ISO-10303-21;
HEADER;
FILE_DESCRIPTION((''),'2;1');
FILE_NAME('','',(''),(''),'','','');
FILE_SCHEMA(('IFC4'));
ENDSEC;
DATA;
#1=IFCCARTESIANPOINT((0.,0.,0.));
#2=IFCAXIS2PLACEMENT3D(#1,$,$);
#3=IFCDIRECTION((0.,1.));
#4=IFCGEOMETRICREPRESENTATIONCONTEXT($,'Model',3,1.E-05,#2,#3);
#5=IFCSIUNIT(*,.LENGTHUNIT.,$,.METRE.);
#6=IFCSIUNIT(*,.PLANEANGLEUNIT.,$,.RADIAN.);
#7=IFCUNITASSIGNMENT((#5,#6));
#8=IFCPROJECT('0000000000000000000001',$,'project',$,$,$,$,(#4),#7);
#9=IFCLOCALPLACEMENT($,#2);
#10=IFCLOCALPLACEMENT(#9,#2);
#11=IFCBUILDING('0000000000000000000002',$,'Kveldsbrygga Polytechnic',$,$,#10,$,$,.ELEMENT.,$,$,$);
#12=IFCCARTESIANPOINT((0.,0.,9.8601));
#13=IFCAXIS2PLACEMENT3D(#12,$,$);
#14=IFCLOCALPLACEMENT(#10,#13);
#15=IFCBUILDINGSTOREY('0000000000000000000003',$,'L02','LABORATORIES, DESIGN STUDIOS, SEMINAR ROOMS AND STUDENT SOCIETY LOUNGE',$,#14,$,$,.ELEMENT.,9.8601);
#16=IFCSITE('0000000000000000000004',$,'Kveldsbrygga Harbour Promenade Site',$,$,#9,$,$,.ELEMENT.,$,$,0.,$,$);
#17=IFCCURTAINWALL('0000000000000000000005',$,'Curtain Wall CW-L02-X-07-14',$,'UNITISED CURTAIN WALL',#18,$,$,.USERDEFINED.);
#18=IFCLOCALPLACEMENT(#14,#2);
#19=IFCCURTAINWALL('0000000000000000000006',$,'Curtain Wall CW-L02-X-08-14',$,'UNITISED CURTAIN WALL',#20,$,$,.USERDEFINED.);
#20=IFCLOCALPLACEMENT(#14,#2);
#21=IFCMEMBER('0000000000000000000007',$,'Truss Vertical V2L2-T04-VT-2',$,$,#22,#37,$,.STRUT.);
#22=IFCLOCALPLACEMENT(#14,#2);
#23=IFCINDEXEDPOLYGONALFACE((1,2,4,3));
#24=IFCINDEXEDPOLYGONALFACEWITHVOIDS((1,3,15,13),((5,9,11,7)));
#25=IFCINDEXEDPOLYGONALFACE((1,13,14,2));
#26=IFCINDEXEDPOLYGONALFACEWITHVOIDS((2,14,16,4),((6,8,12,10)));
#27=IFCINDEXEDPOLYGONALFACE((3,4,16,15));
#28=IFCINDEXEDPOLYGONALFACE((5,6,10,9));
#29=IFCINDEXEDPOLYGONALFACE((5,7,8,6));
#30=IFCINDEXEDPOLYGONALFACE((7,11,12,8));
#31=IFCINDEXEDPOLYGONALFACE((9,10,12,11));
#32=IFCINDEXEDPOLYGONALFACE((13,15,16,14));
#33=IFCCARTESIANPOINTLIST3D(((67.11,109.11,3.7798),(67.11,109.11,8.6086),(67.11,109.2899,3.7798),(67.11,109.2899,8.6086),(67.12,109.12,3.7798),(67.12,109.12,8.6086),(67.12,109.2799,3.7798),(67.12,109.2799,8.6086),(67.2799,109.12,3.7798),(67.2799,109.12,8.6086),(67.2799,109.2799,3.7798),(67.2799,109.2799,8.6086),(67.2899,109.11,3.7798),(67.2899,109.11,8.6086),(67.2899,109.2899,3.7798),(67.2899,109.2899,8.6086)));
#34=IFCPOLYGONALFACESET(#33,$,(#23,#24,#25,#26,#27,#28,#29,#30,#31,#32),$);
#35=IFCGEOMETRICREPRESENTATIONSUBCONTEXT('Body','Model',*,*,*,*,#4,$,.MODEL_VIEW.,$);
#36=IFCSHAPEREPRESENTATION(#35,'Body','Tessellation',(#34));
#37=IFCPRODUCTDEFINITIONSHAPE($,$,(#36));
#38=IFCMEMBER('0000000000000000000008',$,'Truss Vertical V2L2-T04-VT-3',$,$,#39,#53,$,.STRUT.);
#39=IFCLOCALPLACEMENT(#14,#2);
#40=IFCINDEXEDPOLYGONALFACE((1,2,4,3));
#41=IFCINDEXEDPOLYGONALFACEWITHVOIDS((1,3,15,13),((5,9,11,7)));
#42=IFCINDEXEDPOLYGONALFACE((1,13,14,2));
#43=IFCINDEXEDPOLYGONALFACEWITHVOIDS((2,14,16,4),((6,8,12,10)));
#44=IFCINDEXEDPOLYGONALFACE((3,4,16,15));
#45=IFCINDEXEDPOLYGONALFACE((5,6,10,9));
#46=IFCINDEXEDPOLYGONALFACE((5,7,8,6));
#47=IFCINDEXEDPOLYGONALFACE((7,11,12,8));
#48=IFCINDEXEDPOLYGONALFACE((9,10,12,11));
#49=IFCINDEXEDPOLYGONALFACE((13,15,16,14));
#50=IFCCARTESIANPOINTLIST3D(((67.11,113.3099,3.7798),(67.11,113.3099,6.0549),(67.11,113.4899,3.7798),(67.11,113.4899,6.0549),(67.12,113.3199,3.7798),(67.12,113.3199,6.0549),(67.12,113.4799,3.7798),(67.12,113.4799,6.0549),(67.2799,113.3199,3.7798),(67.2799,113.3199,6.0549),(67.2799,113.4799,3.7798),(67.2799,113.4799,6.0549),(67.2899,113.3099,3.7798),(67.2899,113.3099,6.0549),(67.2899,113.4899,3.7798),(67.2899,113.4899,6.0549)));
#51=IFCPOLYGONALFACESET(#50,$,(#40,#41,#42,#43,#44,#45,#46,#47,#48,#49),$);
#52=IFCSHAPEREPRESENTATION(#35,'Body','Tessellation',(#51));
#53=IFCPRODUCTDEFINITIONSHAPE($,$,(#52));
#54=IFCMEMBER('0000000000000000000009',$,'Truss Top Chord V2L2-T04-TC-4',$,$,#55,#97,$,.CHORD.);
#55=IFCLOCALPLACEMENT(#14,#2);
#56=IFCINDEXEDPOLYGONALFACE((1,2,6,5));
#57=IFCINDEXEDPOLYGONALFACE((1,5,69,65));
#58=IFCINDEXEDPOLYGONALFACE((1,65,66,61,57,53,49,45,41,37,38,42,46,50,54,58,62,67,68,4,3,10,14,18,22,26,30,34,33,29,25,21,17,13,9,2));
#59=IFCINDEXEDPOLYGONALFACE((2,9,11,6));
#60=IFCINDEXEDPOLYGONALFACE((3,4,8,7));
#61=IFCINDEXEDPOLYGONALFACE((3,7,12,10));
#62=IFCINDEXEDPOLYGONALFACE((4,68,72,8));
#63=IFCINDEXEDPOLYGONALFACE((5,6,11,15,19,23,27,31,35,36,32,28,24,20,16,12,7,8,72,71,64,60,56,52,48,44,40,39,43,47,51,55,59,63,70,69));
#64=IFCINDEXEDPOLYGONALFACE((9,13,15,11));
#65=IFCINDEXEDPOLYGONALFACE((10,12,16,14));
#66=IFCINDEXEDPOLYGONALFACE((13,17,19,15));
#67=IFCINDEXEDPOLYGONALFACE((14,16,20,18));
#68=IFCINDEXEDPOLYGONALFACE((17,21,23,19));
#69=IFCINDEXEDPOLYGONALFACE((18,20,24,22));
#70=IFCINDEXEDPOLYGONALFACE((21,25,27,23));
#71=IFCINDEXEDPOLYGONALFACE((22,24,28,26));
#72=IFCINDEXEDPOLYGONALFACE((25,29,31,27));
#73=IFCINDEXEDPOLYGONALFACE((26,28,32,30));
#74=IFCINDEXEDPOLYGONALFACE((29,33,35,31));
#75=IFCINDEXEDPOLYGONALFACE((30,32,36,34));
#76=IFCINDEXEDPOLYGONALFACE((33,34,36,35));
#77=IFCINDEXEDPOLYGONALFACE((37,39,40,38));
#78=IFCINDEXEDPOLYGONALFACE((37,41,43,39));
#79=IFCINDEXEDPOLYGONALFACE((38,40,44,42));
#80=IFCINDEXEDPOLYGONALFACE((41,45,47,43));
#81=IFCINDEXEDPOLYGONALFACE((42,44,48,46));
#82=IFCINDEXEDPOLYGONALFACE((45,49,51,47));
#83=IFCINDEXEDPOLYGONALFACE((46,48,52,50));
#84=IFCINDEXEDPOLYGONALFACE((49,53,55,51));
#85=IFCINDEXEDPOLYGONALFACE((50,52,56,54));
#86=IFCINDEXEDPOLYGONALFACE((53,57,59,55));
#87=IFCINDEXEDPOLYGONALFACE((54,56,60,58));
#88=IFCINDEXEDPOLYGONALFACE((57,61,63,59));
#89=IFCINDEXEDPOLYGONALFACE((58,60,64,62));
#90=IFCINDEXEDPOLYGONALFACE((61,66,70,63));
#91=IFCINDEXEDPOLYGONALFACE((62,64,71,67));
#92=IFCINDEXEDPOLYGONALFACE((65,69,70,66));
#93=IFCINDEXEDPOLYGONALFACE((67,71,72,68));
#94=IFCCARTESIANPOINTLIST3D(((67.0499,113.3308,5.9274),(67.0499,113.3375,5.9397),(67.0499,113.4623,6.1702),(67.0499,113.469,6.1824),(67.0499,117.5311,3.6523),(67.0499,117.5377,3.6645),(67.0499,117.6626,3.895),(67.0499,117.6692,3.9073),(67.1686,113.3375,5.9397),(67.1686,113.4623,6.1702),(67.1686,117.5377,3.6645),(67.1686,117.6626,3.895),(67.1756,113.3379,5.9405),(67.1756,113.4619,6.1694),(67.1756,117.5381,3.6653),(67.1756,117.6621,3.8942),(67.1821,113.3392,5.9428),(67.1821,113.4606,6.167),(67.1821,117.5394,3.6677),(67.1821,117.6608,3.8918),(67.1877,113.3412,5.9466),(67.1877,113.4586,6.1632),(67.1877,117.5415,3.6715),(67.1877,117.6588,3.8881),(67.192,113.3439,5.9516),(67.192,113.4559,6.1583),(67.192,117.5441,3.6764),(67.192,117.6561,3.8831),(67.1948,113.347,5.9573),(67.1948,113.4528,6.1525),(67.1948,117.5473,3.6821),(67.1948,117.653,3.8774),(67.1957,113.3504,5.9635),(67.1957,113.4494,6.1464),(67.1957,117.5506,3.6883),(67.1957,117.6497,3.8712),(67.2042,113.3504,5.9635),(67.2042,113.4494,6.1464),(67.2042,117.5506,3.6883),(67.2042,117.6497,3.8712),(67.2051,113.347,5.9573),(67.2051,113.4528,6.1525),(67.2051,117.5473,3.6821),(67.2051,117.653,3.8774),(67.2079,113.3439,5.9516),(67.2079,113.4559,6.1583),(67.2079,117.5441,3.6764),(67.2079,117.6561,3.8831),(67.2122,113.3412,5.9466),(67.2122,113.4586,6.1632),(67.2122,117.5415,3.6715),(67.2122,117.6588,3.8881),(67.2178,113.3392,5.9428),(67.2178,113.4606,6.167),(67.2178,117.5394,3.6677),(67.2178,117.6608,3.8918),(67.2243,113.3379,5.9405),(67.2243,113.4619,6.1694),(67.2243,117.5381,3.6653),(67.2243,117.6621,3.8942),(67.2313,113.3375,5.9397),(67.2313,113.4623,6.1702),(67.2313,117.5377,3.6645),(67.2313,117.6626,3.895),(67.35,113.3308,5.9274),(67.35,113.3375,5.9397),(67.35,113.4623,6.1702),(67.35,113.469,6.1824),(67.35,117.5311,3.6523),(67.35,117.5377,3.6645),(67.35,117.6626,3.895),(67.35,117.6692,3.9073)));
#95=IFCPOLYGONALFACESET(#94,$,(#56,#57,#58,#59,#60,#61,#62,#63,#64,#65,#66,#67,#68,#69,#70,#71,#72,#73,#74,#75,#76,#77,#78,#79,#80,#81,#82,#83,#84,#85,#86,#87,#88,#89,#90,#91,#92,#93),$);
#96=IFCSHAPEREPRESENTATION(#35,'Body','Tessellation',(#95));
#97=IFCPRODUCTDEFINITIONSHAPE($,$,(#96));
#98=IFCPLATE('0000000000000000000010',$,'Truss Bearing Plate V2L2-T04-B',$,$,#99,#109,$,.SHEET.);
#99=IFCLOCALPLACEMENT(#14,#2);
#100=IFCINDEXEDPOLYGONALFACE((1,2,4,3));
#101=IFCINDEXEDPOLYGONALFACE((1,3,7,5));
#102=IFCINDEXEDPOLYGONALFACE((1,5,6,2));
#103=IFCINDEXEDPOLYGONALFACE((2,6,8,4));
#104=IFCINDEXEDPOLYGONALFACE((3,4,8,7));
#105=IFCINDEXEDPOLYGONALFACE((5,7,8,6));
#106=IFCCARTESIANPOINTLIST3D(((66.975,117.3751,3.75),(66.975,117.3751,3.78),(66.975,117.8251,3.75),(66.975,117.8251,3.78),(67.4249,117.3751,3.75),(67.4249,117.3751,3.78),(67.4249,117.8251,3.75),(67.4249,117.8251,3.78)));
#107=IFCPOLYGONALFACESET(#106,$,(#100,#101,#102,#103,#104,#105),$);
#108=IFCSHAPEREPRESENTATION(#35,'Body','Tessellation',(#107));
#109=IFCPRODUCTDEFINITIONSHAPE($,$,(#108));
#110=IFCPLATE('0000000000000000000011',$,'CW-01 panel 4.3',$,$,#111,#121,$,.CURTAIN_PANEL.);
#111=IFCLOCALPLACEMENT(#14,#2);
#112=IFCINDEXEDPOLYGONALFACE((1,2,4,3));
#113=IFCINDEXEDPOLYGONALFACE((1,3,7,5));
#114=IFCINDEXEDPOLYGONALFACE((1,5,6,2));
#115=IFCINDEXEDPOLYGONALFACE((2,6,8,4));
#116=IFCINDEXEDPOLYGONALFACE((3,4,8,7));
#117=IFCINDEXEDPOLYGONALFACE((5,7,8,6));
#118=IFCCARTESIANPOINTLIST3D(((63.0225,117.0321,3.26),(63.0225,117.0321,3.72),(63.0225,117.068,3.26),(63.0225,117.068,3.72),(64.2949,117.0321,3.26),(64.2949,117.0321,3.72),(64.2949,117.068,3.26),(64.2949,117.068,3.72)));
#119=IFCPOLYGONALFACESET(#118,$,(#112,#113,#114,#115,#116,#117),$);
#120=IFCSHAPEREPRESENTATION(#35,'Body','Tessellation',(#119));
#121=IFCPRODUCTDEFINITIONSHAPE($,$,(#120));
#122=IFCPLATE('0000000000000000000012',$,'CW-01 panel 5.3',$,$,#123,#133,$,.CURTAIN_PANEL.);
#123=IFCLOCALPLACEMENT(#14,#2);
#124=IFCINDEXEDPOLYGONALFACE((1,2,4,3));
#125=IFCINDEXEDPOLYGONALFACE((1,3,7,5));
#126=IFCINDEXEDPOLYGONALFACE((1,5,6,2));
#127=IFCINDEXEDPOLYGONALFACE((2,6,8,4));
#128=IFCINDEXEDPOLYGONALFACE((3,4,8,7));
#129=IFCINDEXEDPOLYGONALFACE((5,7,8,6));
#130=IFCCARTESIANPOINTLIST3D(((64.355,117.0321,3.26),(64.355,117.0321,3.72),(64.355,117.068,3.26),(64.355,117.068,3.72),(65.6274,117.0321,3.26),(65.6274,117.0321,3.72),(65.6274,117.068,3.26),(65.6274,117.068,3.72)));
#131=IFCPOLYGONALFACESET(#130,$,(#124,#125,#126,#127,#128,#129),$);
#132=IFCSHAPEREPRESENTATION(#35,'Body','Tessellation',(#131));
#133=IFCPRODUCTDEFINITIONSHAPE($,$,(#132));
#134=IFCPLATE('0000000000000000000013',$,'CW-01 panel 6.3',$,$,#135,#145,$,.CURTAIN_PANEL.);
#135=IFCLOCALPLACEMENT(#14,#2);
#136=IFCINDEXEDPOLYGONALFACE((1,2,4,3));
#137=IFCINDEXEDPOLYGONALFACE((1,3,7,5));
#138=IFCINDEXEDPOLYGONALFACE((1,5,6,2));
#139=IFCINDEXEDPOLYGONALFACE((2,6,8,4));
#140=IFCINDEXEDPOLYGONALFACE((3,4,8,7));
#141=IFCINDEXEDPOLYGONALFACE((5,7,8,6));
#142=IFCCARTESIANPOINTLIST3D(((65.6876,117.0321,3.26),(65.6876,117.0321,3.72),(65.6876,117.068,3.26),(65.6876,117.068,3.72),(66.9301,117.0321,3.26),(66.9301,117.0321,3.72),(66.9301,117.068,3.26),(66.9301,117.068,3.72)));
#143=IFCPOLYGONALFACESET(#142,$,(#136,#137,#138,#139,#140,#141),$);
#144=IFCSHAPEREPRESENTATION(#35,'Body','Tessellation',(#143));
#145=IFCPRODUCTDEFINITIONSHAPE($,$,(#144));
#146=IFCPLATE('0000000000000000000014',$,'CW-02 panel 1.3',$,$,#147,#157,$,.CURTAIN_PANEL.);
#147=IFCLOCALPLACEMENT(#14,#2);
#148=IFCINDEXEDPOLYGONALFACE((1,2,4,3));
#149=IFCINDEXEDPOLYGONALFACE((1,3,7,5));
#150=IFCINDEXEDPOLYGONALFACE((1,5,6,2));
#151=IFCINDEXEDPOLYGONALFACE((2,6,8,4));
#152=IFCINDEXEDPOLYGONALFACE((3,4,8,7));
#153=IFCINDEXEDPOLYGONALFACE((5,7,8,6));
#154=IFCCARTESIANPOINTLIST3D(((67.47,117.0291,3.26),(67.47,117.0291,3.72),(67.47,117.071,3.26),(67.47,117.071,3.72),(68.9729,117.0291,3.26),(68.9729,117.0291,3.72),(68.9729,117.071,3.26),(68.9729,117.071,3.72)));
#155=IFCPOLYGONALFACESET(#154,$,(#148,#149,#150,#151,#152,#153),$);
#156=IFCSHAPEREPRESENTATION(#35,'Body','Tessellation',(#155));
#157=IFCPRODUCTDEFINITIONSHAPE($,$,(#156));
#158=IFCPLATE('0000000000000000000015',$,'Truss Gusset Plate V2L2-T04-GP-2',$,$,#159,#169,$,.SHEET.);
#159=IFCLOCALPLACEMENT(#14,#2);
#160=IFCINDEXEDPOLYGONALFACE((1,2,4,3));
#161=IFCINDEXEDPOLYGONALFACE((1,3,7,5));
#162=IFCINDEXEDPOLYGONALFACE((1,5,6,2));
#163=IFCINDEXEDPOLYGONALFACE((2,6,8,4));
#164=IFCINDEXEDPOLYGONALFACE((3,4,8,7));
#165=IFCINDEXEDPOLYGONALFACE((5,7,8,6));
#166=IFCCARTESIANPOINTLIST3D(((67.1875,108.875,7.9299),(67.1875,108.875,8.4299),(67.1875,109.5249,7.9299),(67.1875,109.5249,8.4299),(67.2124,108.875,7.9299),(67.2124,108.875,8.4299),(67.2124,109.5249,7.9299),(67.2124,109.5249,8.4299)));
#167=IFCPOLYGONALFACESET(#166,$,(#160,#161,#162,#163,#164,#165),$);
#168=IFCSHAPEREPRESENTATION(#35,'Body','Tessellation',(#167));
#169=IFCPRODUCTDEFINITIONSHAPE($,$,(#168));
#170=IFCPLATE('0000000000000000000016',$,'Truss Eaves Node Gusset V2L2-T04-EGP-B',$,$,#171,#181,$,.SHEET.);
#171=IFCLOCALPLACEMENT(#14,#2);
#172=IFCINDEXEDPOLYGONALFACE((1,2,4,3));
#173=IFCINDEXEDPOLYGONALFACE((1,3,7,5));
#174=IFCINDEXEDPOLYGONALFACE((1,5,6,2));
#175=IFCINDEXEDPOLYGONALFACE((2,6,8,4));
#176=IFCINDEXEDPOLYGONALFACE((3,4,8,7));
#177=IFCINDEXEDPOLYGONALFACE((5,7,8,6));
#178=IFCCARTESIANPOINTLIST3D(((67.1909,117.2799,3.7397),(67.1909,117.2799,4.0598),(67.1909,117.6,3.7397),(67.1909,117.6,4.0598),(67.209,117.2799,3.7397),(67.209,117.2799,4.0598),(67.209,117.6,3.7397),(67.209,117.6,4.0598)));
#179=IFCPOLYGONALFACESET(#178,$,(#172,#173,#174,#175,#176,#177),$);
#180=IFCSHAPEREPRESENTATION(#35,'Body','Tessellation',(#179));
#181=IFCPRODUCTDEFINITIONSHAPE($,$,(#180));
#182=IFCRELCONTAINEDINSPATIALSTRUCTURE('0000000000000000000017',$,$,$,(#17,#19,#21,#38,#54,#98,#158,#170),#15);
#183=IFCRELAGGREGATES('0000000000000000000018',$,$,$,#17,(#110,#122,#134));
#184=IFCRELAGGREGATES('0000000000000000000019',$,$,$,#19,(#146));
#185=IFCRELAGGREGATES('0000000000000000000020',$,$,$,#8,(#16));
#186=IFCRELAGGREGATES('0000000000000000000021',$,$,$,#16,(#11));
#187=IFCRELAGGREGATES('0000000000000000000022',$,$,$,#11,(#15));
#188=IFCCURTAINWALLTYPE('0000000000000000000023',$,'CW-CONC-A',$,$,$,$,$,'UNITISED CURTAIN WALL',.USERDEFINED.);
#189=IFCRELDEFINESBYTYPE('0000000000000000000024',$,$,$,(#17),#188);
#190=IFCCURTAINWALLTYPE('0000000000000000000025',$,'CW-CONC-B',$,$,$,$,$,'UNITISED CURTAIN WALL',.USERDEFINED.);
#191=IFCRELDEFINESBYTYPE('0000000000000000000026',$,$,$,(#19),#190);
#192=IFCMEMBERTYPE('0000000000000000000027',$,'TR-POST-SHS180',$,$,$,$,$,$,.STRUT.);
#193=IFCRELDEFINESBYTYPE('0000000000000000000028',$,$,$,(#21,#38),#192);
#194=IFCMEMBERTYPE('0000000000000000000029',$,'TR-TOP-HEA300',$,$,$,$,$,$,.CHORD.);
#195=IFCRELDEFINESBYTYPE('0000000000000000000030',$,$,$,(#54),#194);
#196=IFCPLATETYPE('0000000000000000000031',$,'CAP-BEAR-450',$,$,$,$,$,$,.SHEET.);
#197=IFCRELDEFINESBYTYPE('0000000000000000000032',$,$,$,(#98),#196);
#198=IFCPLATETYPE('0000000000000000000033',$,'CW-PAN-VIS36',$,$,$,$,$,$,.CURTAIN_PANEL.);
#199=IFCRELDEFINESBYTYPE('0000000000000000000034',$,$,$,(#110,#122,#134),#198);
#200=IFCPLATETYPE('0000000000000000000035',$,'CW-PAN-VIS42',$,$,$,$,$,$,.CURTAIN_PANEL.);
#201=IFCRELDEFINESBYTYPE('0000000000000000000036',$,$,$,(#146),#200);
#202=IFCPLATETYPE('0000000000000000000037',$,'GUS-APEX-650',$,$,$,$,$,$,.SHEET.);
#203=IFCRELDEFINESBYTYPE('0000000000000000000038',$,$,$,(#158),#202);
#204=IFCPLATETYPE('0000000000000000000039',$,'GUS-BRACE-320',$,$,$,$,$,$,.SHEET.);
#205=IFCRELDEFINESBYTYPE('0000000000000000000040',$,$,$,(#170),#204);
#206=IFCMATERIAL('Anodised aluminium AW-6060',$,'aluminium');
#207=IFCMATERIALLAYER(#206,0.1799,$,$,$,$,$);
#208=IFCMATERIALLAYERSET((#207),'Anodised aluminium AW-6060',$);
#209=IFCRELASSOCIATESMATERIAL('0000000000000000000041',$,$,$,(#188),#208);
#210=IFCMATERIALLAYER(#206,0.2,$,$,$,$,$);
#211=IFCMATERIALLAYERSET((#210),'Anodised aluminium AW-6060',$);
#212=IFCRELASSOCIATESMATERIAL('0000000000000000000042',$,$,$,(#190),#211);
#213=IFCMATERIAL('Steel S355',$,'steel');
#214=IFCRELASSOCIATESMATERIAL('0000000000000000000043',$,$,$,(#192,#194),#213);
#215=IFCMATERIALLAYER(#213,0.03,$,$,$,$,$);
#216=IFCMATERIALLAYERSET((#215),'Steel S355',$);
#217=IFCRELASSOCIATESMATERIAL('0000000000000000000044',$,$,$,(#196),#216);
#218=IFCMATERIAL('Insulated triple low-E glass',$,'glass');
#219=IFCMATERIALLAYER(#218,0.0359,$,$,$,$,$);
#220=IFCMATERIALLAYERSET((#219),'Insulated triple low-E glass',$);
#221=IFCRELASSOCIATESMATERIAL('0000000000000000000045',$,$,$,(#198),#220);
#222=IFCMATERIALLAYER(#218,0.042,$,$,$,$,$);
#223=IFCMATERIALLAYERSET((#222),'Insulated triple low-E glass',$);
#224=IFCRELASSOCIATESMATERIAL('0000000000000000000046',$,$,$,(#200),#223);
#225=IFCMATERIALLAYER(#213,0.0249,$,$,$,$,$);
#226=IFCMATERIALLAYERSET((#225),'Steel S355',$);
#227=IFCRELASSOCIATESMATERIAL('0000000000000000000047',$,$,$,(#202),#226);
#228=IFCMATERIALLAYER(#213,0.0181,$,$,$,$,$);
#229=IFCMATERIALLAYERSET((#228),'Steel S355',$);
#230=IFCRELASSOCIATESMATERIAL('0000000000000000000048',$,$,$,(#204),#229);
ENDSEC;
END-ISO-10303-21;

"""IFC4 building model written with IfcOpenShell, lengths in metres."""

from ifc_helpers import new_model, si_unit, direction, frame, origin, origin_2d, place, context, subcontext, project, spatial, rectangle, hollow_rectangle, i_section, extrude, material, layer, layer_set, material_profile, profile_set, type_object, element, aggregate, save


model = new_model("IFC4")

# Units and contexts
model_context = context("Model", 3, precision=1e-05, world=origin(), true_north=direction((0.0, 1.0)))
body_context = subcontext(model_context, "Body", "Model", "MODEL_VIEW")
ifc_project = project(units=[si_unit("LENGTHUNIT", "METRE"), si_unit("PLANEANGLEUNIT", "RADIAN")], contexts=[model_context])

# Site, building, storey
site_placement = place(None, origin())
site = spatial("IfcSite", under=ifc_project, at=site_placement, Name="Kveldsbrygga Harbour Promenade Site", CompositionType="ELEMENT", RefElevation=0.0)
building_placement = place(site_placement, origin())
building = spatial("IfcBuilding", under=site, at=building_placement, Name="Kveldsbrygga Polytechnic", CompositionType="ELEMENT")
storey_placement = place(building_placement, frame((0.0, 0.0, 9.8601)))
storey = spatial("IfcBuildingStorey", under=building, at=storey_placement, Name="L02", Description="LABORATORIES, DESIGN STUDIOS, SEMINAR ROOMS AND STUDENT SOCIETY LOUNGE", CompositionType="ELEMENT", Elevation=9.8601)

# Curtain walls
ifc_material_1 = material(Name="Anodised aluminium AW-6060", Category="aluminium")
ifc_layer_1 = layer(ifc_material_1, 0.1799)
ifc_layer_set_1 = layer_set([ifc_layer_1], Name="Anodised aluminium AW-6060")
curtain_wall_type_1 = type_object("IfcCurtainWallType", Name="CW-CONC-A", ElementType="UNITISED CURTAIN WALL", PredefinedType="USERDEFINED", material=ifc_layer_set_1)
curtain_wall_1_placement = place(storey_placement, origin())
curtain_wall_1 = element("IfcCurtainWall", 1, at=curtain_wall_1_placement, inside=storey, type_object=curtain_wall_type_1, Name="Curtain Wall CW-L02-X-07-14", ObjectType="UNITISED CURTAIN WALL", PredefinedType="USERDEFINED")
ifc_layer_2 = layer(ifc_material_1, 0.2)
ifc_layer_set_2 = layer_set([ifc_layer_2], Name="Anodised aluminium AW-6060")
curtain_wall_type_2 = type_object("IfcCurtainWallType", Name="CW-CONC-B", ElementType="UNITISED CURTAIN WALL", PredefinedType="USERDEFINED", material=ifc_layer_set_2)
curtain_wall_2_placement = place(storey_placement, origin())
curtain_wall_2 = element("IfcCurtainWall", 2, at=curtain_wall_2_placement, inside=storey, type_object=curtain_wall_type_2, Name="Curtain Wall CW-L02-X-08-14", ObjectType="UNITISED CURTAIN WALL", PredefinedType="USERDEFINED")

# Members
ifc_material_2 = material(Name="Steel S355", Category="steel")
ifc_material_profile_1 = material_profile(ifc_material_2, hollow_rectangle(XDim=0.1799, YDim=0.1799, WallThickness=0.01, at=origin_2d()), Name="SHS 180x180x10.0")
ifc_profile_set_1 = profile_set([ifc_material_profile_1], Name="Steel S355")
member_type_1 = type_object("IfcMemberType", Name="TR-POST-SHS180", PredefinedType="STRUT", material=ifc_profile_set_1)
member_1_placement = place(storey_placement, frame((67.2, 109.2, 3.7798), z_axis=(0.0, 0.0, 1.0), x_axis=(1.0, 0.0, 0.0)))
element("IfcMember", 3, at=member_1_placement, inside=storey, type_object=member_type_1, Name="Truss Vertical V2L2-T04-VT-2", PredefinedType="STRUT", context=body_context, shape_type="SweptSolid", body=[
    extrude(hollow_rectangle(XDim=0.1799, YDim=0.1799, WallThickness=0.01, at=origin_2d()), origin(), (0.0, 0.0, 1.0), 4.8289),
])
member_2_placement = place(storey_placement, frame((67.2, 113.3999, 3.7798), z_axis=(0.0, 0.0, 1.0), x_axis=(1.0, 0.0, 0.0)))
element("IfcMember", 4, at=member_2_placement, inside=storey, type_object=member_type_1, Name="Truss Vertical V2L2-T04-VT-3", PredefinedType="STRUT", context=body_context, shape_type="SweptSolid", body=[
    extrude(hollow_rectangle(XDim=0.1799, YDim=0.1799, WallThickness=0.01, at=origin_2d()), origin(), (0.0, 0.0, 1.0), 2.2751),
])
ifc_material_profile_2 = material_profile(ifc_material_2, i_section(OverallWidth=0.3, OverallDepth=0.29, WebThickness=0.0085, FlangeThickness=0.0139, FilletRadius=0.0271, at=origin_2d()), Name="HEA 300")
ifc_profile_set_2 = profile_set([ifc_material_profile_2], Name="Steel S355")
member_type_2 = type_object("IfcMemberType", Name="TR-TOP-HEA300", PredefinedType="CHORD", material=ifc_profile_set_2)
member_3_placement = place(storey_placement, frame((67.2, 113.3999, 6.0549), z_axis=(0.0, 0.879288, -0.47629), x_axis=(-1.0, 0.0, 0.0)))
element("IfcMember", 5, at=member_3_placement, inside=storey, type_object=member_type_2, Name="Truss Top Chord V2L2-T04-TC-4", PredefinedType="CHORD", context=body_context, shape_type="SweptSolid", body=[
    extrude(i_section(OverallWidth=0.3, OverallDepth=0.29, WebThickness=0.0085, FlangeThickness=0.0139, FilletRadius=0.0271, at=origin_2d()), origin(), (0.0, 0.0, 1.0), 4.7769),
])

# Plates
ifc_layer_3 = layer(ifc_material_2, 0.03)
ifc_layer_set_3 = layer_set([ifc_layer_3], Name="Steel S355")
plate_type_1 = type_object("IfcPlateType", Name="CAP-BEAR-450", PredefinedType="SHEET", material=ifc_layer_set_3)
plate_1_placement = place(storey_placement, frame((67.2, 117.6001, 3.75), z_axis=(0.0, 0.0, 1.0), x_axis=(1.0, 0.0, 0.0)))
element("IfcPlate", 6, at=plate_1_placement, inside=storey, type_object=plate_type_1, Name="Truss Bearing Plate V2L2-T04-B", PredefinedType="SHEET", context=body_context, shape_type="SweptSolid", body=[
    extrude(rectangle(XDim=0.45, YDim=0.45, at=origin_2d()), origin(), (0.0, 0.0, 1.0), 0.03),
])
ifc_material_3 = material(Name="Insulated triple low-E glass", Category="glass")
ifc_layer_4 = layer(ifc_material_3, 0.0359)
ifc_layer_set_4 = layer_set([ifc_layer_4], Name="Insulated triple low-E glass")
plate_type_2 = type_object("IfcPlateType", Name="CW-PAN-VIS36", PredefinedType="CURTAIN_PANEL", material=ifc_layer_set_4)
plate_2_placement = place(storey_placement, frame((63.6587, 117.05, 3.26), z_axis=(0.0, 0.0, 1.0), x_axis=(1.0, 0.0, 0.0)))
plate_2 = element("IfcPlate", 7, at=plate_2_placement, type_object=plate_type_2, Name="CW-01 panel 4.3", PredefinedType="CURTAIN_PANEL", context=body_context, shape_type="SweptSolid", body=[
    extrude(rectangle(XDim=1.2725, YDim=0.0359, at=origin_2d()), origin(), (0.0, 0.0, 1.0), 0.46),
])
plate_3_placement = place(storey_placement, frame((64.9912, 117.05, 3.26), z_axis=(0.0, 0.0, 1.0), x_axis=(1.0, 0.0, 0.0)))
plate_3 = element("IfcPlate", 8, at=plate_3_placement, type_object=plate_type_2, Name="CW-01 panel 5.3", PredefinedType="CURTAIN_PANEL", context=body_context, shape_type="SweptSolid", body=[
    extrude(rectangle(XDim=1.2725, YDim=0.0359, at=origin_2d()), origin(), (0.0, 0.0, 1.0), 0.46),
])
plate_4_placement = place(storey_placement, frame((66.3088, 117.05, 3.26), z_axis=(0.0, 0.0, 1.0), x_axis=(1.0, 0.0, 0.0)))
plate_4 = element("IfcPlate", 9, at=plate_4_placement, type_object=plate_type_2, Name="CW-01 panel 6.3", PredefinedType="CURTAIN_PANEL", context=body_context, shape_type="SweptSolid", body=[
    extrude(rectangle(XDim=1.2424, YDim=0.0359, at=origin_2d()), origin(), (0.0, 0.0, 1.0), 0.46),
])
aggregate(curtain_wall_1, [plate_2, plate_3, plate_4])
ifc_layer_5 = layer(ifc_material_3, 0.042)
ifc_layer_set_5 = layer_set([ifc_layer_5], Name="Insulated triple low-E glass")
plate_type_3 = type_object("IfcPlateType", Name="CW-PAN-VIS42", PredefinedType="CURTAIN_PANEL", material=ifc_layer_set_5)
plate_5_placement = place(storey_placement, frame((68.2214, 117.05, 3.26), z_axis=(0.0, 0.0, 1.0), x_axis=(1.0, 0.0, 0.0)))
plate_5 = element("IfcPlate", 10, at=plate_5_placement, type_object=plate_type_3, Name="CW-02 panel 1.3", PredefinedType="CURTAIN_PANEL", context=body_context, shape_type="SweptSolid", body=[
    extrude(rectangle(XDim=1.5029, YDim=0.042, at=origin_2d()), origin(), (0.0, 0.0, 1.0), 0.46),
])
aggregate(curtain_wall_2, [plate_5])

# Plates
ifc_layer_6 = layer(ifc_material_2, 0.0249)
ifc_layer_set_6 = layer_set([ifc_layer_6], Name="Steel S355")
plate_type_4 = type_object("IfcPlateType", Name="GUS-APEX-650", PredefinedType="SHEET", material=ifc_layer_set_6)
plate_6_placement = place(storey_placement, frame((67.2, 109.2, 7.9299), z_axis=(0.0, 0.0, 1.0), x_axis=(1.0, 0.0, 0.0)))
element("IfcPlate", 11, at=plate_6_placement, inside=storey, type_object=plate_type_4, Name="Truss Gusset Plate V2L2-T04-GP-2", PredefinedType="SHEET", context=body_context, shape_type="SweptSolid", body=[
    extrude(rectangle(XDim=0.0249, YDim=0.6499, at=origin_2d()), origin(), (0.0, 0.0, 1.0), 0.5),
])
ifc_layer_7 = layer(ifc_material_2, 0.0181)
ifc_layer_set_7 = layer_set([ifc_layer_7], Name="Steel S355")
plate_type_5 = type_object("IfcPlateType", Name="GUS-BRACE-320", PredefinedType="SHEET", material=ifc_layer_set_7)
plate_7_placement = place(storey_placement, frame((67.2, 117.4399, 3.7397), z_axis=(0.0, 0.0, 1.0), x_axis=(1.0, 0.0, 0.0)))
element("IfcPlate", 12, at=plate_7_placement, inside=storey, type_object=plate_type_5, Name="Truss Eaves Node Gusset V2L2-T04-EGP-B", PredefinedType="SHEET", context=body_context, shape_type="SweptSolid", body=[
    extrude(rectangle(XDim=0.0181, YDim=0.3201, at=origin_2d()), origin(), (0.0, 0.0, 1.0), 0.3201),
])

save(model, "model.ifc")
